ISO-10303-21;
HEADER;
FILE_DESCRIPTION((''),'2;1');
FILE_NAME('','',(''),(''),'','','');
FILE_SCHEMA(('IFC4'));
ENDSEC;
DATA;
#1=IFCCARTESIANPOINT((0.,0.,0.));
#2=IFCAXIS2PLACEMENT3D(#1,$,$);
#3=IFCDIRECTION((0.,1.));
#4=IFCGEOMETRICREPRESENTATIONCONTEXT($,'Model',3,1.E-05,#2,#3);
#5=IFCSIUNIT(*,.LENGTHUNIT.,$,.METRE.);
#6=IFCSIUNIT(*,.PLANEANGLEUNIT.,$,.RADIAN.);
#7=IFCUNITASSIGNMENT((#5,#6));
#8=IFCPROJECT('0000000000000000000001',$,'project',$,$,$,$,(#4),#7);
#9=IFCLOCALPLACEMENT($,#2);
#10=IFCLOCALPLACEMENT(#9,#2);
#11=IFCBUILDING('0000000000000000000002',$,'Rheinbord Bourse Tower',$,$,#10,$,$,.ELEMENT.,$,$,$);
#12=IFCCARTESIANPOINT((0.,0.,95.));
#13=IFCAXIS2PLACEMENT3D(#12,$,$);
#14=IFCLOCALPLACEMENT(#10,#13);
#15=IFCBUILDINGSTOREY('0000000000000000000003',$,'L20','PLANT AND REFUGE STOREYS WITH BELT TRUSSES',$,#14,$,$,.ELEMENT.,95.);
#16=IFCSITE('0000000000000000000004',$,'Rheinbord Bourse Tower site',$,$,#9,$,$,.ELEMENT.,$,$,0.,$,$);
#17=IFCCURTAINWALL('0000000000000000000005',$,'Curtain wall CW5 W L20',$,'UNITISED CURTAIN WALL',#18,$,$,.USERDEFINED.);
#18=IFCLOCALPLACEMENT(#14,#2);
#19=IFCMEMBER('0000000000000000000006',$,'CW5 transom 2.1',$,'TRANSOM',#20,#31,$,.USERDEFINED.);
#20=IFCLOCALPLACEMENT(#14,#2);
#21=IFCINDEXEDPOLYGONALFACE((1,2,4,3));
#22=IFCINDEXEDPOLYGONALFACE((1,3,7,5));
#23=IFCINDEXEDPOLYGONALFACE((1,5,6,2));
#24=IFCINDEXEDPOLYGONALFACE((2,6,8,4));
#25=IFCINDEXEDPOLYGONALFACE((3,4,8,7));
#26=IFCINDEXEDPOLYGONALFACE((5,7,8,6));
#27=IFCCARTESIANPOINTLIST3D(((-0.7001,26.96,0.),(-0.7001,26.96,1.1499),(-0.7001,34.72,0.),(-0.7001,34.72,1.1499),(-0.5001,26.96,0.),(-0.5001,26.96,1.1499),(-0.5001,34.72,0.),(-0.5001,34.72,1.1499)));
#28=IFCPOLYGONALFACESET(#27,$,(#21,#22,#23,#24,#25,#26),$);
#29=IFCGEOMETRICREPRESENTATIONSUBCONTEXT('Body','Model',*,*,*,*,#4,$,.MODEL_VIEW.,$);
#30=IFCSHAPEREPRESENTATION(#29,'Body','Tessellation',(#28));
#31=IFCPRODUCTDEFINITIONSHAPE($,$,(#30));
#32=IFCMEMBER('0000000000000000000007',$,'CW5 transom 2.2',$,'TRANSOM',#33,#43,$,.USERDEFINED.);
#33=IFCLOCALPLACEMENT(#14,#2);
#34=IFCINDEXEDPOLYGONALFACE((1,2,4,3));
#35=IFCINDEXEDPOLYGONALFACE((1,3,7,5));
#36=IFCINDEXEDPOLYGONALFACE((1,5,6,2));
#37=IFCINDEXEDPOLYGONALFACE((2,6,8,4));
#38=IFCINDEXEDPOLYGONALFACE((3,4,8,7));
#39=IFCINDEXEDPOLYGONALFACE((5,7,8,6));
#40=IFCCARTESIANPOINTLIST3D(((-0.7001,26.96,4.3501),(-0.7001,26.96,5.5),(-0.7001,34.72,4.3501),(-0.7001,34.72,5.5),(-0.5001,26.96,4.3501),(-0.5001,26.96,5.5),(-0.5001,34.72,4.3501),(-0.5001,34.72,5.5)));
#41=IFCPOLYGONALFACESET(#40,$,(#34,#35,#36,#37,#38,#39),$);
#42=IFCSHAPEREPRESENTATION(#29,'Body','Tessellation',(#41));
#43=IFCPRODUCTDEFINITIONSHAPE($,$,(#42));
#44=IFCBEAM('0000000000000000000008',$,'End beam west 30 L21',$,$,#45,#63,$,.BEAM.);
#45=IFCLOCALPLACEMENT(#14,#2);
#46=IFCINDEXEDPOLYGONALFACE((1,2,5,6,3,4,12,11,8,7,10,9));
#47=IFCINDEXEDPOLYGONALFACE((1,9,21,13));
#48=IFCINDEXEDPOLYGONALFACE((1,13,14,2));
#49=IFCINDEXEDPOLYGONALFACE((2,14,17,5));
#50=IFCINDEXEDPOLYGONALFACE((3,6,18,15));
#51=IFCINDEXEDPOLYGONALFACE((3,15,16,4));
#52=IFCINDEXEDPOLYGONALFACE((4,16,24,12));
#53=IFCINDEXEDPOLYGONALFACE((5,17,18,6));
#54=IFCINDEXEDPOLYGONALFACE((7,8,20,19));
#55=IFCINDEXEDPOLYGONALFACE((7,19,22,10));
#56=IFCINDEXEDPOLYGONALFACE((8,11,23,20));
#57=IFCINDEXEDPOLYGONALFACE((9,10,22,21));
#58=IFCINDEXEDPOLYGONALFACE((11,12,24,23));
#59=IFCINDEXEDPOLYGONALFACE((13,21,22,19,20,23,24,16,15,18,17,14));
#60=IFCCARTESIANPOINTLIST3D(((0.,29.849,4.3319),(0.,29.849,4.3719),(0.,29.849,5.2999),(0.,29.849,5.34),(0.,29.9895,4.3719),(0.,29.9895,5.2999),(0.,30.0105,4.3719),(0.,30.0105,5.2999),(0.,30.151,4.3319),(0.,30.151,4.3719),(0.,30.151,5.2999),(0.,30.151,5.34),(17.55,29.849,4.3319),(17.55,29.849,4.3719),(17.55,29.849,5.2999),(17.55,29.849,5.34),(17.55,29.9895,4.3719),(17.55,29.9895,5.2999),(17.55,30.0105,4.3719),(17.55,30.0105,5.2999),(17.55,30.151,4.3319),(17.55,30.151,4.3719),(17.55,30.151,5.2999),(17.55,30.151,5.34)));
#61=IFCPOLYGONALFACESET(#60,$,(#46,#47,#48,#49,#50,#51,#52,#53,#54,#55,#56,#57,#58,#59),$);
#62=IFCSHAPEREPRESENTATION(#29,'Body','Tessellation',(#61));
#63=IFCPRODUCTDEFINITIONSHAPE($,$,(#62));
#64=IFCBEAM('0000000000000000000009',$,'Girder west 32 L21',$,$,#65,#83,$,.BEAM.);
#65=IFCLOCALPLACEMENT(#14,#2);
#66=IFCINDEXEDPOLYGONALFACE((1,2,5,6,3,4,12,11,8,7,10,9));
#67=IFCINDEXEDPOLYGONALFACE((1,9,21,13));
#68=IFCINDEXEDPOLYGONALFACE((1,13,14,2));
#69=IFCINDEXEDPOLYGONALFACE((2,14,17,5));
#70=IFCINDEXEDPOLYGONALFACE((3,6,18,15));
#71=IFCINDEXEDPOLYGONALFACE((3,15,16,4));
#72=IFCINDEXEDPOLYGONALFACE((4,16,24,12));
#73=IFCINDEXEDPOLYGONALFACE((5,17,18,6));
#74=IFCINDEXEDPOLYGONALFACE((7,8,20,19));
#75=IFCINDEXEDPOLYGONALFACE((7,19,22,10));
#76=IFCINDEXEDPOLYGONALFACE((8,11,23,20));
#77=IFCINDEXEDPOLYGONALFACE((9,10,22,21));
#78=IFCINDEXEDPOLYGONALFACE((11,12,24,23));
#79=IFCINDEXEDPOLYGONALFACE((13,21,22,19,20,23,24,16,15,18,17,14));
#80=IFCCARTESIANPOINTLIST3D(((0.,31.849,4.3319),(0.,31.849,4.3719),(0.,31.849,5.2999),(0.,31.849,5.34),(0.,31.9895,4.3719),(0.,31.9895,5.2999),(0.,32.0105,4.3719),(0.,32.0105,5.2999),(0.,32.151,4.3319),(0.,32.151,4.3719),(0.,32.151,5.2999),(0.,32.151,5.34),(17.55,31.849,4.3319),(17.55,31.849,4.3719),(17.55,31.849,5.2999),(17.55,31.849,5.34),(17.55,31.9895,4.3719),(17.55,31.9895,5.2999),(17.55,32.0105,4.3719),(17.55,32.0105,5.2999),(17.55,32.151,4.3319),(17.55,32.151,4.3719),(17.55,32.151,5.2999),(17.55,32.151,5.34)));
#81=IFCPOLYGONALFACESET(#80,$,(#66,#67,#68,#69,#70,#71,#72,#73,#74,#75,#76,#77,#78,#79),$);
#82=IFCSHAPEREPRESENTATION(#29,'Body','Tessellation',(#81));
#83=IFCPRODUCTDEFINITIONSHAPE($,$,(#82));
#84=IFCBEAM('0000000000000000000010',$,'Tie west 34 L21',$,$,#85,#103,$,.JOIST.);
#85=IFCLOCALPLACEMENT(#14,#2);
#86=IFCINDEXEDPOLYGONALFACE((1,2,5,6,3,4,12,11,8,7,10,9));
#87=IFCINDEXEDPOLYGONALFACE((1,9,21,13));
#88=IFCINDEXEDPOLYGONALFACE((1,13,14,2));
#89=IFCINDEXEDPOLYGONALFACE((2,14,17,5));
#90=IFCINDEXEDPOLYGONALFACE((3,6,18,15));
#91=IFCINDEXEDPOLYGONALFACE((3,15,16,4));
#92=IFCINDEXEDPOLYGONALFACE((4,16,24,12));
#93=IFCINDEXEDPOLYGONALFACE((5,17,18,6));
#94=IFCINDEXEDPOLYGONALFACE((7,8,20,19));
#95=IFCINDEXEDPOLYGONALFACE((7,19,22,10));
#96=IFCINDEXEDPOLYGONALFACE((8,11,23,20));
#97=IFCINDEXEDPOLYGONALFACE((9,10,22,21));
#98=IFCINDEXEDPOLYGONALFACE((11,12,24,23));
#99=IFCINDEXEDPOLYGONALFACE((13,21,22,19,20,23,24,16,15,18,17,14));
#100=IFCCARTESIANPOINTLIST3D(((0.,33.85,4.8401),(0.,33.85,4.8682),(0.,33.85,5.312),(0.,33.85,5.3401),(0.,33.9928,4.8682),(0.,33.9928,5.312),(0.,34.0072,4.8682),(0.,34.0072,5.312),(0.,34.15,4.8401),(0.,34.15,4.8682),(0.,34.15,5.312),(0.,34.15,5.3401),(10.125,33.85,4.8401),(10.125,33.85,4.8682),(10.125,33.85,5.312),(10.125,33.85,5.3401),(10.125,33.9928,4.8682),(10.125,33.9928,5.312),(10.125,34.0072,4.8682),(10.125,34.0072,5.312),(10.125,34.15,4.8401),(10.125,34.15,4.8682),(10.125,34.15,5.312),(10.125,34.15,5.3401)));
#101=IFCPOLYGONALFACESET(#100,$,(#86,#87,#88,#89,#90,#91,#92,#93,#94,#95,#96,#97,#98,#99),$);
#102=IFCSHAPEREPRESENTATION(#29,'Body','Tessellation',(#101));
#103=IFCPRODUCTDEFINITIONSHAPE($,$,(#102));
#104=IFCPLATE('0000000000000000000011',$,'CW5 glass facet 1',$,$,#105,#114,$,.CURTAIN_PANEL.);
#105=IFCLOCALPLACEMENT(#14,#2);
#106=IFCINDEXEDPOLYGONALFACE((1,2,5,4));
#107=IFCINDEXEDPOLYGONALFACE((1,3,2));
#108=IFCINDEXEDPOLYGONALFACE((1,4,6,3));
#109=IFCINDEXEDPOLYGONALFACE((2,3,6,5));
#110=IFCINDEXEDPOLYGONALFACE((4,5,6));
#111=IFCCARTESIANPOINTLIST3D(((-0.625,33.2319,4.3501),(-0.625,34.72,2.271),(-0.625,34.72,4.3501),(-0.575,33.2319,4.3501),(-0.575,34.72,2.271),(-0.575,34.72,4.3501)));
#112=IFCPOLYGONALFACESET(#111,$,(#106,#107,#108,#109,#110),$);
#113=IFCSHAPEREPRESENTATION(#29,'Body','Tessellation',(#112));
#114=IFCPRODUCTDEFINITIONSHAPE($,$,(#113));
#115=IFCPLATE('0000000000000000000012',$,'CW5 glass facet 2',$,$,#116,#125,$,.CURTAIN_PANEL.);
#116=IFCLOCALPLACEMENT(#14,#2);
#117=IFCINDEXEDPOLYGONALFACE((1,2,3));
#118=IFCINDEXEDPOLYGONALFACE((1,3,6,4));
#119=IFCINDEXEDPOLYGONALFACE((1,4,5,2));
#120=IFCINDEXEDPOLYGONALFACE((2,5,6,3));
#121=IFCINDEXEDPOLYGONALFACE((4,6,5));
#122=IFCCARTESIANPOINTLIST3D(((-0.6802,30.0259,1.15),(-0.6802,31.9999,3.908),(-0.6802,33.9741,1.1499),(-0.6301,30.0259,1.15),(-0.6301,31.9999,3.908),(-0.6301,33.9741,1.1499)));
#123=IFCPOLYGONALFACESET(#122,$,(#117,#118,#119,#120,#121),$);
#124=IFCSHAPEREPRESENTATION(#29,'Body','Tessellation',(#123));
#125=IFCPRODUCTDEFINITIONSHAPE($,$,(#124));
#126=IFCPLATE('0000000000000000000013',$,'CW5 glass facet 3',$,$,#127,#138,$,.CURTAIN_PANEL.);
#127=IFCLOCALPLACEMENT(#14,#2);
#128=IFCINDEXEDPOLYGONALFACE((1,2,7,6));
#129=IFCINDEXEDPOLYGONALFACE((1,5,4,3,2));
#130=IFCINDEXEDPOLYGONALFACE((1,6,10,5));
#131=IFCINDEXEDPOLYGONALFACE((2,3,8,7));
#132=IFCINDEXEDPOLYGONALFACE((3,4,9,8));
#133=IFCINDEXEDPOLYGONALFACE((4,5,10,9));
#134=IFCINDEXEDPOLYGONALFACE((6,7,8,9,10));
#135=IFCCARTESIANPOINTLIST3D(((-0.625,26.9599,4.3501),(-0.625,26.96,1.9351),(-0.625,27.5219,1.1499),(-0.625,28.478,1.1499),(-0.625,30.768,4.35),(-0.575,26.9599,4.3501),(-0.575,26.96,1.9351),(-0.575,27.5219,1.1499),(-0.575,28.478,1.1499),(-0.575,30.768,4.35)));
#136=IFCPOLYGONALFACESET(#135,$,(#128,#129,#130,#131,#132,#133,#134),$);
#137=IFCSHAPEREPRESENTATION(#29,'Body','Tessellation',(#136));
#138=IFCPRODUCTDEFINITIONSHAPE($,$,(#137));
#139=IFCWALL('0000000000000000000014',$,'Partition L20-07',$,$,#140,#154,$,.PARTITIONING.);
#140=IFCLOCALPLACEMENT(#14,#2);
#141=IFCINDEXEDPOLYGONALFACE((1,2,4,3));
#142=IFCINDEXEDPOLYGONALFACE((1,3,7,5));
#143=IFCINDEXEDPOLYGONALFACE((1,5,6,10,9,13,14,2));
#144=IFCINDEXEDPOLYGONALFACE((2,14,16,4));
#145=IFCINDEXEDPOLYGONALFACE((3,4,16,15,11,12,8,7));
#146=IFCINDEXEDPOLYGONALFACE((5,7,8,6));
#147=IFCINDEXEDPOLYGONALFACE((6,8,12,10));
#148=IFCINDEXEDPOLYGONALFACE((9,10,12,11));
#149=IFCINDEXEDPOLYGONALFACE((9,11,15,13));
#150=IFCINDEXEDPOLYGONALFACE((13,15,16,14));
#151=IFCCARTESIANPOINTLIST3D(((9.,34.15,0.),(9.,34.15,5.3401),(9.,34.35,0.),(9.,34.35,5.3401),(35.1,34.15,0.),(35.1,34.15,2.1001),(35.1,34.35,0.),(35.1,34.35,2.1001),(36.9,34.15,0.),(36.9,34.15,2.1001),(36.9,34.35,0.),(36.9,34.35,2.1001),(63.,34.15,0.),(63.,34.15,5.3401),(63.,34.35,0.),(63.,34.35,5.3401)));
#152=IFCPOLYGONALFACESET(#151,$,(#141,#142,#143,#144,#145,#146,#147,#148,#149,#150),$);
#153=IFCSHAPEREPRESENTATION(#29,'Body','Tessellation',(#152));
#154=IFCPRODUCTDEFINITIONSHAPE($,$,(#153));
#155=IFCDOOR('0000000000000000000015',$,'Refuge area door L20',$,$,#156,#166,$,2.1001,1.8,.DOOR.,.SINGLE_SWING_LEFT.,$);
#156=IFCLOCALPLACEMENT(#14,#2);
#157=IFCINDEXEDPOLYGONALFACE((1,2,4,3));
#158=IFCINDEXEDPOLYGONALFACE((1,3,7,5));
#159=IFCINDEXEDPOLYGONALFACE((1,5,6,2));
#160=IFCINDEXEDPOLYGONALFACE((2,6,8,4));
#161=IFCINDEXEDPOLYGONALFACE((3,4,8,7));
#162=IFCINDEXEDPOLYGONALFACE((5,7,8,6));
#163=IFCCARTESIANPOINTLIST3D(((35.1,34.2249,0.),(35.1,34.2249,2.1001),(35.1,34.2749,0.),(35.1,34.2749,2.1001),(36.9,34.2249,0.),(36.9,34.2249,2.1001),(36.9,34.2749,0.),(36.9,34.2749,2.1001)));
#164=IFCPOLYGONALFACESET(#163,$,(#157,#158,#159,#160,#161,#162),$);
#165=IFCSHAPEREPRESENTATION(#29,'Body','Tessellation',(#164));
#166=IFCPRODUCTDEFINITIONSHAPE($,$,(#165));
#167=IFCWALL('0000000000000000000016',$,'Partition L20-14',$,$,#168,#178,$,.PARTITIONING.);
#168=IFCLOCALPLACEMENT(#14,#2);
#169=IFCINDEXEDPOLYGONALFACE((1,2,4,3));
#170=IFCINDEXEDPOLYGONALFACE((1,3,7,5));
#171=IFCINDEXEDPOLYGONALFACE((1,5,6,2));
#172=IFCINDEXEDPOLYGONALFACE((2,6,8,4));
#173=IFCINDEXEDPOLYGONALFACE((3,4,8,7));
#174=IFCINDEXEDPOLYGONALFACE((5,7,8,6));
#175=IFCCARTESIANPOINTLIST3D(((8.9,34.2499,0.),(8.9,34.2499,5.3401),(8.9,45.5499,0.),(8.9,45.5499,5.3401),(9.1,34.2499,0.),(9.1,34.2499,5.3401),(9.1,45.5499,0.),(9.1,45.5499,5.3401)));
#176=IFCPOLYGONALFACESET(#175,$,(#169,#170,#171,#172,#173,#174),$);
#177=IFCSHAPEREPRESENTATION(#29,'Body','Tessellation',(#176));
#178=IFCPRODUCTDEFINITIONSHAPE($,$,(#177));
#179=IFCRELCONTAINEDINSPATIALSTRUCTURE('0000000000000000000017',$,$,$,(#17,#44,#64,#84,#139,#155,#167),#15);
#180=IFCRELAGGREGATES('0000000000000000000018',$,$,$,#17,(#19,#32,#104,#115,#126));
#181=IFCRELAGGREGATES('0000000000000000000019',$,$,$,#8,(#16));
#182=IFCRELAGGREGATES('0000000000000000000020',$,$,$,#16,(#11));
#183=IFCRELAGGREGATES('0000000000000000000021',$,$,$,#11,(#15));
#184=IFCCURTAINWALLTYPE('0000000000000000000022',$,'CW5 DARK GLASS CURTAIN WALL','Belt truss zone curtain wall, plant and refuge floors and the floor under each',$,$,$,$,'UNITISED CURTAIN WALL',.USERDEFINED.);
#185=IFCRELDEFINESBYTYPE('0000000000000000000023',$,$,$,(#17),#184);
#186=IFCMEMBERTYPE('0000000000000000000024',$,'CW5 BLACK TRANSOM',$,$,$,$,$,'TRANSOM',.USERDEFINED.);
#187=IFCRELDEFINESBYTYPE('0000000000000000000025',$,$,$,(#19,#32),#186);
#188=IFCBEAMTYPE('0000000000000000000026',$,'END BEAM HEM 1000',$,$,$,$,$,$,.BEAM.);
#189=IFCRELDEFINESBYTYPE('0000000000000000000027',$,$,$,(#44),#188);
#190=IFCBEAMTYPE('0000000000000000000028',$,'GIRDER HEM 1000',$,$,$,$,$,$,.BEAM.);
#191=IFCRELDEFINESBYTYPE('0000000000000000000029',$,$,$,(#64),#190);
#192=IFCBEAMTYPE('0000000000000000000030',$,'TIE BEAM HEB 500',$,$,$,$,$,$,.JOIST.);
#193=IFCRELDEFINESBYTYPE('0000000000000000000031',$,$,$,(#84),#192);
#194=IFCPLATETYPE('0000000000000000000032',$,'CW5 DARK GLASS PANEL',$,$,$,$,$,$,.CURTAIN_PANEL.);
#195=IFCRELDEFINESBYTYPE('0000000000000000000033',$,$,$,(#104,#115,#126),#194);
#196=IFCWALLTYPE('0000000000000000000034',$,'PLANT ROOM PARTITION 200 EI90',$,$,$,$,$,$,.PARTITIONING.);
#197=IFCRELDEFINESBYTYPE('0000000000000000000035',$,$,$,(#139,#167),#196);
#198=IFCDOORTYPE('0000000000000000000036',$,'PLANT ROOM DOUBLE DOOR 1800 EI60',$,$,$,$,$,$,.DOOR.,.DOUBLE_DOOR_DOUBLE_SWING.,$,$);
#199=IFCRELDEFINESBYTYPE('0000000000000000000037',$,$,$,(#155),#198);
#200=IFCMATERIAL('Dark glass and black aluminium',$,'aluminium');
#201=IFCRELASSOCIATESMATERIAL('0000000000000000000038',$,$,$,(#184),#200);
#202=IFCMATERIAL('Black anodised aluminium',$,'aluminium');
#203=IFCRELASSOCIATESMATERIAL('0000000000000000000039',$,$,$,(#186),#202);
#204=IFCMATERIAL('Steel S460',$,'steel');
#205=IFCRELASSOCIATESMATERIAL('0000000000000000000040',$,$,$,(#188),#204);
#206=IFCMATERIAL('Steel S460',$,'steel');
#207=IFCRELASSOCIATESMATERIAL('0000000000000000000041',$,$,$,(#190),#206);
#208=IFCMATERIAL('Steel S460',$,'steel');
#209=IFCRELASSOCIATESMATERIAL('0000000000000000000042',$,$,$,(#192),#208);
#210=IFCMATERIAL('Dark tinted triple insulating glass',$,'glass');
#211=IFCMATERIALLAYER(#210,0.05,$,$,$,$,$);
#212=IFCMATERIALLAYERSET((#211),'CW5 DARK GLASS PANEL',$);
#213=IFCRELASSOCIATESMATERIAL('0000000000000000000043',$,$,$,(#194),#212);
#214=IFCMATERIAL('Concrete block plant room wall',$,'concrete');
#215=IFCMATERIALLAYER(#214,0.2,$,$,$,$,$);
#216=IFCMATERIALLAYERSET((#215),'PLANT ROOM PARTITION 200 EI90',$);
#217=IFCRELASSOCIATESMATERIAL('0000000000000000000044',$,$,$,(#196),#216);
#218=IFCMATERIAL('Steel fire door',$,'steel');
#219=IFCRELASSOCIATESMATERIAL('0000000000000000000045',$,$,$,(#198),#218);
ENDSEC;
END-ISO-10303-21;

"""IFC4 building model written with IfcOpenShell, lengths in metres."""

from ifc_helpers import new_model, si_unit, direction, frame, frame_2d, origin, origin_2d, place, context, subcontext, project, spatial, polyline, rectangle, i_section, outline, extrude, material, layer, layer_set, material_profile, profile_set, type_object, element, fill, aggregate, save


model = new_model("IFC4")

# Units and contexts
model_context = context("Model", 3, precision=1e-05, world=origin(), true_north=direction((0.0, 1.0)))
body_context = subcontext(model_context, "Body", "Model", "MODEL_VIEW")
ifc_project = project(units=[si_unit("LENGTHUNIT", "METRE"), si_unit("PLANEANGLEUNIT", "RADIAN")], contexts=[model_context])

# Site, building, storey
site_placement = place(None, origin())
site = spatial("IfcSite", under=ifc_project, at=site_placement, Name="Rheinbord Bourse Tower site", CompositionType="ELEMENT", RefElevation=0.0)
building_placement = place(site_placement, origin())
building = spatial("IfcBuilding", under=site, at=building_placement, Name="Rheinbord Bourse Tower", CompositionType="ELEMENT")
storey_placement = place(building_placement, frame((0.0, 0.0, 95.0)))
storey = spatial("IfcBuildingStorey", under=building, at=storey_placement, Name="L20", Description="PLANT AND REFUGE STOREYS WITH BELT TRUSSES", CompositionType="ELEMENT", Elevation=95.0)

# Curtain wall, members
ifc_material_1 = material(Name="Dark glass and black aluminium", Category="aluminium")
curtain_wall_type = type_object("IfcCurtainWallType", Name="CW5 DARK GLASS CURTAIN WALL", Description="Belt truss zone curtain wall, plant and refuge floors and the floor under each", ElementType="UNITISED CURTAIN WALL", PredefinedType="USERDEFINED", material=ifc_material_1)
curtain_wall_placement = place(storey_placement, origin())
curtain_wall = element("IfcCurtainWall", 1, at=curtain_wall_placement, inside=storey, type_object=curtain_wall_type, Name="Curtain wall CW5 W L20", ObjectType="UNITISED CURTAIN WALL", PredefinedType="USERDEFINED")
ifc_material_2 = material(Name="Black anodised aluminium", Category="aluminium")
ifc_material_profile_1 = material_profile(ifc_material_2, rectangle(XDim=0.2, YDim=1.1499, at=origin_2d()), Name="CW5 TRANSOM 1150x200")
ifc_profile_set_1 = profile_set([ifc_material_profile_1], Name="Black anodised aluminium")
member_type_1 = type_object("IfcMemberType", Name="CW5 BLACK TRANSOM", ElementType="TRANSOM", PredefinedType="USERDEFINED", material=ifc_profile_set_1)
member_1_placement = place(storey_placement, frame((-0.6001, 34.72, 0.575), z_axis=(0.0, -1.0, 0.0), x_axis=(1.0, 0.0, 0.0)))
member_1 = element("IfcMember", 2, at=member_1_placement, type_object=member_type_1, Name="CW5 transom 2.1", ObjectType="TRANSOM", PredefinedType="USERDEFINED", context=body_context, shape_type="SweptSolid", body=[
    extrude(rectangle(XDim=0.2, YDim=1.1499, at=origin_2d()), origin(), (0.0, 0.0, 1.0), 7.76),
])
member_2_placement = place(storey_placement, frame((-0.6001, 34.72, 4.925), z_axis=(0.0, -1.0, 0.0), x_axis=(1.0, 0.0, 0.0)))
member_2 = element("IfcMember", 3, at=member_2_placement, type_object=member_type_1, Name="CW5 transom 2.2", ObjectType="TRANSOM", PredefinedType="USERDEFINED", context=body_context, shape_type="SweptSolid", body=[
    extrude(rectangle(XDim=0.2, YDim=1.1499, at=origin_2d()), origin(), (0.0, 0.0, 1.0), 7.76),
])

# Beams
ifc_material_3 = material(Name="Steel S460", Category="steel")
ifc_material_profile_2 = material_profile(ifc_material_3, i_section(OverallWidth=0.302, OverallDepth=1.0081, WebThickness=0.021, FlangeThickness=0.04, at=origin_2d()), Name="HEM 1000")
ifc_profile_set_2 = profile_set([ifc_material_profile_2], Name="Steel S460")
beam_type_1 = type_object("IfcBeamType", Name="END BEAM HEM 1000", PredefinedType="BEAM", material=ifc_profile_set_2)
beam_1_placement = place(storey_placement, frame((0.0, 30.0, 4.8359), z_axis=(1.0, 0.0, 0.0), x_axis=(0.0, 1.0, 0.0)))
element("IfcBeam", 4, at=beam_1_placement, inside=storey, type_object=beam_type_1, Name="End beam west 30 L21", PredefinedType="BEAM", context=body_context, shape_type="SweptSolid", body=[
    extrude(i_section(OverallWidth=0.302, OverallDepth=1.0081, WebThickness=0.021, FlangeThickness=0.04, at=origin_2d()), origin(), (0.0, 0.0, 1.0), 17.55),
])
ifc_material_4 = material(Name="Steel S460", Category="steel")
ifc_material_profile_3 = material_profile(ifc_material_4, i_section(OverallWidth=0.302, OverallDepth=1.0081, WebThickness=0.021, FlangeThickness=0.04, at=origin_2d()), Name="HEM 1000")
ifc_profile_set_3 = profile_set([ifc_material_profile_3], Name="Steel S460")
beam_type_2 = type_object("IfcBeamType", Name="GIRDER HEM 1000", PredefinedType="BEAM", material=ifc_profile_set_3)
beam_2_placement = place(storey_placement, frame((0.0, 32.0, 4.8359), z_axis=(1.0, 0.0, 0.0), x_axis=(0.0, 1.0, 0.0)))
element("IfcBeam", 5, at=beam_2_placement, inside=storey, type_object=beam_type_2, Name="Girder west 32 L21", PredefinedType="BEAM", context=body_context, shape_type="SweptSolid", body=[
    extrude(i_section(OverallWidth=0.302, OverallDepth=1.0081, WebThickness=0.021, FlangeThickness=0.04, at=origin_2d()), origin(), (0.0, 0.0, 1.0), 17.55),
])
ifc_material_5 = material(Name="Steel S460", Category="steel")
ifc_material_profile_4 = material_profile(ifc_material_5, i_section(OverallWidth=0.3, OverallDepth=0.5, WebThickness=0.0144, FlangeThickness=0.0281, at=origin_2d()), Name="HEB 500")
ifc_profile_set_4 = profile_set([ifc_material_profile_4], Name="Steel S460")
beam_type_3 = type_object("IfcBeamType", Name="TIE BEAM HEB 500", PredefinedType="JOIST", material=ifc_profile_set_4)
beam_3_placement = place(storey_placement, frame((0.0, 34.0, 5.0901), z_axis=(1.0, 0.0, 0.0), x_axis=(0.0, 1.0, 0.0)))
element("IfcBeam", 6, at=beam_3_placement, inside=storey, type_object=beam_type_3, Name="Tie west 34 L21", PredefinedType="JOIST", context=body_context, shape_type="SweptSolid", body=[
    extrude(i_section(OverallWidth=0.3, OverallDepth=0.5, WebThickness=0.0144, FlangeThickness=0.0281, at=origin_2d()), origin(), (0.0, 0.0, 1.0), 10.125),
])

# Plates
ifc_material_6 = material(Name="Dark tinted triple insulating glass", Category="glass")
ifc_layer_1 = layer(ifc_material_6, 0.05)
ifc_layer_set_1 = layer_set([ifc_layer_1], Name="CW5 DARK GLASS PANEL")
plate_type = type_object("IfcPlateType", Name="CW5 DARK GLASS PANEL", PredefinedType="CURTAIN_PANEL", material=ifc_layer_set_1)
plate_1_placement = place(storey_placement, frame((-0.625, 34.72, 4.3501), z_axis=(1.0, 0.0, 0.0), x_axis=(0.0, -1.0, 0.0)))
plate_1 = element("IfcPlate", 7, at=plate_1_placement, type_object=plate_type, Name="CW5 glass facet 1", PredefinedType="CURTAIN_PANEL", context=body_context, shape_type="SweptSolid", body=[
    extrude(outline(polyline([(0.0, 0.0), (1.488, 0.0), (0.0, 2.0791), (0.0, 0.0)])), origin(), (0.0, 0.0, 1.0), 0.05),
])
plate_2_placement = place(storey_placement, frame((-0.6802, 33.9741, 1.1499), z_axis=(1.0, 0.0, 0.0), x_axis=(0.0, -0.582035, 0.813164)))
plate_2 = element("IfcPlate", 8, at=plate_2_placement, type_object=plate_type, Name="CW5 glass facet 2", PredefinedType="CURTAIN_PANEL", context=body_context, shape_type="SweptSolid", body=[
    extrude(outline(polyline([(0.0, 0.0), (3.3918, 0.0), (2.2981, 3.2104), (0.0, 0.0)])), origin(), (0.0, 0.0, 1.0), 0.05),
])
plate_3_placement = place(storey_placement, frame((-0.625, 28.478, 1.1499), z_axis=(1.0, 0.0, 0.0), x_axis=(0.0, 0.581942, 0.81323)))
plate_3 = element("IfcPlate", 9, at=plate_3_placement, type_object=plate_type, Name="CW5 glass facet 3", PredefinedType="CURTAIN_PANEL", context=body_context, shape_type="SweptSolid", body=[
    extrude(outline(polyline([(0.0, 0.0), (3.9351, 0.0), (1.719, 3.0969), (-0.2449, 1.6914), (-0.5564, 0.7776), (0.0, 0.0)])), origin(), (0.0, 0.0, 1.0), 0.05),
])
aggregate(curtain_wall, [member_1, member_2, plate_1, plate_2, plate_3])

# Wall, opening, door
ifc_material_7 = material(Name="Concrete block plant room wall", Category="concrete")
ifc_layer_2 = layer(ifc_material_7, 0.2)
ifc_layer_set_2 = layer_set([ifc_layer_2], Name="PLANT ROOM PARTITION 200 EI90")
wall_type = type_object("IfcWallType", Name="PLANT ROOM PARTITION 200 EI90", PredefinedType="PARTITIONING", material=ifc_layer_set_2)
wall_1_placement = place(storey_placement, frame((9.0, 34.25, 0.0), z_axis=(0.0, 0.0, 1.0), x_axis=(1.0, 0.0, 0.0)))
wall_1 = element("IfcWall", 10, at=wall_1_placement, inside=storey, type_object=wall_type, Name="Partition L20-07", PredefinedType="PARTITIONING", context=body_context, shape_type="SweptSolid", body=[
    extrude(rectangle(XDim=54.0, YDim=0.2, at=frame_2d((27.0, 0.0))), origin(), (0.0, 0.0, 1.0), 5.3401),
])
opening_placement = place(wall_1_placement, frame((26.1001, 0.0, 0.0)))
opening = element("IfcOpeningElement", 11, at=opening_placement, cuts=wall_1, PredefinedType="OPENING", context=body_context, shape_type="SweptSolid", body=[
    extrude(rectangle(XDim=1.8, YDim=2.1001, at=frame_2d((0.8999, 1.05))), frame((0.0, 0.1099, 0.0), z_axis=(0.0, -1.0, 0.0), x_axis=(1.0, 0.0, 0.0)), (0.0, 0.0, 1.0), 0.22),
])
ifc_material_8 = material(Name="Steel fire door", Category="steel")
door_type = type_object("IfcDoorType", Name="PLANT ROOM DOUBLE DOOR 1800 EI60", OperationType="DOUBLE_DOOR_DOUBLE_SWING", PredefinedType="DOOR", material=ifc_material_8)
door_placement = place(opening_placement, origin())
door = element("IfcDoor", 12, at=door_placement, inside=storey, type_object=door_type, Name="Refuge area door L20", OperationType="SINGLE_SWING_LEFT", OverallHeight=2.1001, OverallWidth=1.8, PredefinedType="DOOR", context=body_context, shape_type="SweptSolid", body=[
    extrude(rectangle(XDim=1.8, YDim=2.1001, at=frame_2d((0.8999, 1.05))), frame((0.0, 0.0249, 0.0), z_axis=(0.0, -1.0, 0.0), x_axis=(1.0, 0.0, 0.0)), (0.0, 0.0, 1.0), 0.05),
])
fill(opening, door)

# Wall
wall_2_placement = place(storey_placement, frame((9.0, 34.25, 0.0), z_axis=(0.0, 0.0, 1.0), x_axis=(0.0, 1.0, 0.0)))
element("IfcWall", 13, at=wall_2_placement, inside=storey, type_object=wall_type, Name="Partition L20-14", PredefinedType="PARTITIONING", context=body_context, shape_type="SweptSolid", body=[
    extrude(rectangle(XDim=11.3, YDim=0.2, at=frame_2d((5.6499, 0.0))), origin(), (0.0, 0.0, 1.0), 5.3401),
])

save(model, "model.ifc")
